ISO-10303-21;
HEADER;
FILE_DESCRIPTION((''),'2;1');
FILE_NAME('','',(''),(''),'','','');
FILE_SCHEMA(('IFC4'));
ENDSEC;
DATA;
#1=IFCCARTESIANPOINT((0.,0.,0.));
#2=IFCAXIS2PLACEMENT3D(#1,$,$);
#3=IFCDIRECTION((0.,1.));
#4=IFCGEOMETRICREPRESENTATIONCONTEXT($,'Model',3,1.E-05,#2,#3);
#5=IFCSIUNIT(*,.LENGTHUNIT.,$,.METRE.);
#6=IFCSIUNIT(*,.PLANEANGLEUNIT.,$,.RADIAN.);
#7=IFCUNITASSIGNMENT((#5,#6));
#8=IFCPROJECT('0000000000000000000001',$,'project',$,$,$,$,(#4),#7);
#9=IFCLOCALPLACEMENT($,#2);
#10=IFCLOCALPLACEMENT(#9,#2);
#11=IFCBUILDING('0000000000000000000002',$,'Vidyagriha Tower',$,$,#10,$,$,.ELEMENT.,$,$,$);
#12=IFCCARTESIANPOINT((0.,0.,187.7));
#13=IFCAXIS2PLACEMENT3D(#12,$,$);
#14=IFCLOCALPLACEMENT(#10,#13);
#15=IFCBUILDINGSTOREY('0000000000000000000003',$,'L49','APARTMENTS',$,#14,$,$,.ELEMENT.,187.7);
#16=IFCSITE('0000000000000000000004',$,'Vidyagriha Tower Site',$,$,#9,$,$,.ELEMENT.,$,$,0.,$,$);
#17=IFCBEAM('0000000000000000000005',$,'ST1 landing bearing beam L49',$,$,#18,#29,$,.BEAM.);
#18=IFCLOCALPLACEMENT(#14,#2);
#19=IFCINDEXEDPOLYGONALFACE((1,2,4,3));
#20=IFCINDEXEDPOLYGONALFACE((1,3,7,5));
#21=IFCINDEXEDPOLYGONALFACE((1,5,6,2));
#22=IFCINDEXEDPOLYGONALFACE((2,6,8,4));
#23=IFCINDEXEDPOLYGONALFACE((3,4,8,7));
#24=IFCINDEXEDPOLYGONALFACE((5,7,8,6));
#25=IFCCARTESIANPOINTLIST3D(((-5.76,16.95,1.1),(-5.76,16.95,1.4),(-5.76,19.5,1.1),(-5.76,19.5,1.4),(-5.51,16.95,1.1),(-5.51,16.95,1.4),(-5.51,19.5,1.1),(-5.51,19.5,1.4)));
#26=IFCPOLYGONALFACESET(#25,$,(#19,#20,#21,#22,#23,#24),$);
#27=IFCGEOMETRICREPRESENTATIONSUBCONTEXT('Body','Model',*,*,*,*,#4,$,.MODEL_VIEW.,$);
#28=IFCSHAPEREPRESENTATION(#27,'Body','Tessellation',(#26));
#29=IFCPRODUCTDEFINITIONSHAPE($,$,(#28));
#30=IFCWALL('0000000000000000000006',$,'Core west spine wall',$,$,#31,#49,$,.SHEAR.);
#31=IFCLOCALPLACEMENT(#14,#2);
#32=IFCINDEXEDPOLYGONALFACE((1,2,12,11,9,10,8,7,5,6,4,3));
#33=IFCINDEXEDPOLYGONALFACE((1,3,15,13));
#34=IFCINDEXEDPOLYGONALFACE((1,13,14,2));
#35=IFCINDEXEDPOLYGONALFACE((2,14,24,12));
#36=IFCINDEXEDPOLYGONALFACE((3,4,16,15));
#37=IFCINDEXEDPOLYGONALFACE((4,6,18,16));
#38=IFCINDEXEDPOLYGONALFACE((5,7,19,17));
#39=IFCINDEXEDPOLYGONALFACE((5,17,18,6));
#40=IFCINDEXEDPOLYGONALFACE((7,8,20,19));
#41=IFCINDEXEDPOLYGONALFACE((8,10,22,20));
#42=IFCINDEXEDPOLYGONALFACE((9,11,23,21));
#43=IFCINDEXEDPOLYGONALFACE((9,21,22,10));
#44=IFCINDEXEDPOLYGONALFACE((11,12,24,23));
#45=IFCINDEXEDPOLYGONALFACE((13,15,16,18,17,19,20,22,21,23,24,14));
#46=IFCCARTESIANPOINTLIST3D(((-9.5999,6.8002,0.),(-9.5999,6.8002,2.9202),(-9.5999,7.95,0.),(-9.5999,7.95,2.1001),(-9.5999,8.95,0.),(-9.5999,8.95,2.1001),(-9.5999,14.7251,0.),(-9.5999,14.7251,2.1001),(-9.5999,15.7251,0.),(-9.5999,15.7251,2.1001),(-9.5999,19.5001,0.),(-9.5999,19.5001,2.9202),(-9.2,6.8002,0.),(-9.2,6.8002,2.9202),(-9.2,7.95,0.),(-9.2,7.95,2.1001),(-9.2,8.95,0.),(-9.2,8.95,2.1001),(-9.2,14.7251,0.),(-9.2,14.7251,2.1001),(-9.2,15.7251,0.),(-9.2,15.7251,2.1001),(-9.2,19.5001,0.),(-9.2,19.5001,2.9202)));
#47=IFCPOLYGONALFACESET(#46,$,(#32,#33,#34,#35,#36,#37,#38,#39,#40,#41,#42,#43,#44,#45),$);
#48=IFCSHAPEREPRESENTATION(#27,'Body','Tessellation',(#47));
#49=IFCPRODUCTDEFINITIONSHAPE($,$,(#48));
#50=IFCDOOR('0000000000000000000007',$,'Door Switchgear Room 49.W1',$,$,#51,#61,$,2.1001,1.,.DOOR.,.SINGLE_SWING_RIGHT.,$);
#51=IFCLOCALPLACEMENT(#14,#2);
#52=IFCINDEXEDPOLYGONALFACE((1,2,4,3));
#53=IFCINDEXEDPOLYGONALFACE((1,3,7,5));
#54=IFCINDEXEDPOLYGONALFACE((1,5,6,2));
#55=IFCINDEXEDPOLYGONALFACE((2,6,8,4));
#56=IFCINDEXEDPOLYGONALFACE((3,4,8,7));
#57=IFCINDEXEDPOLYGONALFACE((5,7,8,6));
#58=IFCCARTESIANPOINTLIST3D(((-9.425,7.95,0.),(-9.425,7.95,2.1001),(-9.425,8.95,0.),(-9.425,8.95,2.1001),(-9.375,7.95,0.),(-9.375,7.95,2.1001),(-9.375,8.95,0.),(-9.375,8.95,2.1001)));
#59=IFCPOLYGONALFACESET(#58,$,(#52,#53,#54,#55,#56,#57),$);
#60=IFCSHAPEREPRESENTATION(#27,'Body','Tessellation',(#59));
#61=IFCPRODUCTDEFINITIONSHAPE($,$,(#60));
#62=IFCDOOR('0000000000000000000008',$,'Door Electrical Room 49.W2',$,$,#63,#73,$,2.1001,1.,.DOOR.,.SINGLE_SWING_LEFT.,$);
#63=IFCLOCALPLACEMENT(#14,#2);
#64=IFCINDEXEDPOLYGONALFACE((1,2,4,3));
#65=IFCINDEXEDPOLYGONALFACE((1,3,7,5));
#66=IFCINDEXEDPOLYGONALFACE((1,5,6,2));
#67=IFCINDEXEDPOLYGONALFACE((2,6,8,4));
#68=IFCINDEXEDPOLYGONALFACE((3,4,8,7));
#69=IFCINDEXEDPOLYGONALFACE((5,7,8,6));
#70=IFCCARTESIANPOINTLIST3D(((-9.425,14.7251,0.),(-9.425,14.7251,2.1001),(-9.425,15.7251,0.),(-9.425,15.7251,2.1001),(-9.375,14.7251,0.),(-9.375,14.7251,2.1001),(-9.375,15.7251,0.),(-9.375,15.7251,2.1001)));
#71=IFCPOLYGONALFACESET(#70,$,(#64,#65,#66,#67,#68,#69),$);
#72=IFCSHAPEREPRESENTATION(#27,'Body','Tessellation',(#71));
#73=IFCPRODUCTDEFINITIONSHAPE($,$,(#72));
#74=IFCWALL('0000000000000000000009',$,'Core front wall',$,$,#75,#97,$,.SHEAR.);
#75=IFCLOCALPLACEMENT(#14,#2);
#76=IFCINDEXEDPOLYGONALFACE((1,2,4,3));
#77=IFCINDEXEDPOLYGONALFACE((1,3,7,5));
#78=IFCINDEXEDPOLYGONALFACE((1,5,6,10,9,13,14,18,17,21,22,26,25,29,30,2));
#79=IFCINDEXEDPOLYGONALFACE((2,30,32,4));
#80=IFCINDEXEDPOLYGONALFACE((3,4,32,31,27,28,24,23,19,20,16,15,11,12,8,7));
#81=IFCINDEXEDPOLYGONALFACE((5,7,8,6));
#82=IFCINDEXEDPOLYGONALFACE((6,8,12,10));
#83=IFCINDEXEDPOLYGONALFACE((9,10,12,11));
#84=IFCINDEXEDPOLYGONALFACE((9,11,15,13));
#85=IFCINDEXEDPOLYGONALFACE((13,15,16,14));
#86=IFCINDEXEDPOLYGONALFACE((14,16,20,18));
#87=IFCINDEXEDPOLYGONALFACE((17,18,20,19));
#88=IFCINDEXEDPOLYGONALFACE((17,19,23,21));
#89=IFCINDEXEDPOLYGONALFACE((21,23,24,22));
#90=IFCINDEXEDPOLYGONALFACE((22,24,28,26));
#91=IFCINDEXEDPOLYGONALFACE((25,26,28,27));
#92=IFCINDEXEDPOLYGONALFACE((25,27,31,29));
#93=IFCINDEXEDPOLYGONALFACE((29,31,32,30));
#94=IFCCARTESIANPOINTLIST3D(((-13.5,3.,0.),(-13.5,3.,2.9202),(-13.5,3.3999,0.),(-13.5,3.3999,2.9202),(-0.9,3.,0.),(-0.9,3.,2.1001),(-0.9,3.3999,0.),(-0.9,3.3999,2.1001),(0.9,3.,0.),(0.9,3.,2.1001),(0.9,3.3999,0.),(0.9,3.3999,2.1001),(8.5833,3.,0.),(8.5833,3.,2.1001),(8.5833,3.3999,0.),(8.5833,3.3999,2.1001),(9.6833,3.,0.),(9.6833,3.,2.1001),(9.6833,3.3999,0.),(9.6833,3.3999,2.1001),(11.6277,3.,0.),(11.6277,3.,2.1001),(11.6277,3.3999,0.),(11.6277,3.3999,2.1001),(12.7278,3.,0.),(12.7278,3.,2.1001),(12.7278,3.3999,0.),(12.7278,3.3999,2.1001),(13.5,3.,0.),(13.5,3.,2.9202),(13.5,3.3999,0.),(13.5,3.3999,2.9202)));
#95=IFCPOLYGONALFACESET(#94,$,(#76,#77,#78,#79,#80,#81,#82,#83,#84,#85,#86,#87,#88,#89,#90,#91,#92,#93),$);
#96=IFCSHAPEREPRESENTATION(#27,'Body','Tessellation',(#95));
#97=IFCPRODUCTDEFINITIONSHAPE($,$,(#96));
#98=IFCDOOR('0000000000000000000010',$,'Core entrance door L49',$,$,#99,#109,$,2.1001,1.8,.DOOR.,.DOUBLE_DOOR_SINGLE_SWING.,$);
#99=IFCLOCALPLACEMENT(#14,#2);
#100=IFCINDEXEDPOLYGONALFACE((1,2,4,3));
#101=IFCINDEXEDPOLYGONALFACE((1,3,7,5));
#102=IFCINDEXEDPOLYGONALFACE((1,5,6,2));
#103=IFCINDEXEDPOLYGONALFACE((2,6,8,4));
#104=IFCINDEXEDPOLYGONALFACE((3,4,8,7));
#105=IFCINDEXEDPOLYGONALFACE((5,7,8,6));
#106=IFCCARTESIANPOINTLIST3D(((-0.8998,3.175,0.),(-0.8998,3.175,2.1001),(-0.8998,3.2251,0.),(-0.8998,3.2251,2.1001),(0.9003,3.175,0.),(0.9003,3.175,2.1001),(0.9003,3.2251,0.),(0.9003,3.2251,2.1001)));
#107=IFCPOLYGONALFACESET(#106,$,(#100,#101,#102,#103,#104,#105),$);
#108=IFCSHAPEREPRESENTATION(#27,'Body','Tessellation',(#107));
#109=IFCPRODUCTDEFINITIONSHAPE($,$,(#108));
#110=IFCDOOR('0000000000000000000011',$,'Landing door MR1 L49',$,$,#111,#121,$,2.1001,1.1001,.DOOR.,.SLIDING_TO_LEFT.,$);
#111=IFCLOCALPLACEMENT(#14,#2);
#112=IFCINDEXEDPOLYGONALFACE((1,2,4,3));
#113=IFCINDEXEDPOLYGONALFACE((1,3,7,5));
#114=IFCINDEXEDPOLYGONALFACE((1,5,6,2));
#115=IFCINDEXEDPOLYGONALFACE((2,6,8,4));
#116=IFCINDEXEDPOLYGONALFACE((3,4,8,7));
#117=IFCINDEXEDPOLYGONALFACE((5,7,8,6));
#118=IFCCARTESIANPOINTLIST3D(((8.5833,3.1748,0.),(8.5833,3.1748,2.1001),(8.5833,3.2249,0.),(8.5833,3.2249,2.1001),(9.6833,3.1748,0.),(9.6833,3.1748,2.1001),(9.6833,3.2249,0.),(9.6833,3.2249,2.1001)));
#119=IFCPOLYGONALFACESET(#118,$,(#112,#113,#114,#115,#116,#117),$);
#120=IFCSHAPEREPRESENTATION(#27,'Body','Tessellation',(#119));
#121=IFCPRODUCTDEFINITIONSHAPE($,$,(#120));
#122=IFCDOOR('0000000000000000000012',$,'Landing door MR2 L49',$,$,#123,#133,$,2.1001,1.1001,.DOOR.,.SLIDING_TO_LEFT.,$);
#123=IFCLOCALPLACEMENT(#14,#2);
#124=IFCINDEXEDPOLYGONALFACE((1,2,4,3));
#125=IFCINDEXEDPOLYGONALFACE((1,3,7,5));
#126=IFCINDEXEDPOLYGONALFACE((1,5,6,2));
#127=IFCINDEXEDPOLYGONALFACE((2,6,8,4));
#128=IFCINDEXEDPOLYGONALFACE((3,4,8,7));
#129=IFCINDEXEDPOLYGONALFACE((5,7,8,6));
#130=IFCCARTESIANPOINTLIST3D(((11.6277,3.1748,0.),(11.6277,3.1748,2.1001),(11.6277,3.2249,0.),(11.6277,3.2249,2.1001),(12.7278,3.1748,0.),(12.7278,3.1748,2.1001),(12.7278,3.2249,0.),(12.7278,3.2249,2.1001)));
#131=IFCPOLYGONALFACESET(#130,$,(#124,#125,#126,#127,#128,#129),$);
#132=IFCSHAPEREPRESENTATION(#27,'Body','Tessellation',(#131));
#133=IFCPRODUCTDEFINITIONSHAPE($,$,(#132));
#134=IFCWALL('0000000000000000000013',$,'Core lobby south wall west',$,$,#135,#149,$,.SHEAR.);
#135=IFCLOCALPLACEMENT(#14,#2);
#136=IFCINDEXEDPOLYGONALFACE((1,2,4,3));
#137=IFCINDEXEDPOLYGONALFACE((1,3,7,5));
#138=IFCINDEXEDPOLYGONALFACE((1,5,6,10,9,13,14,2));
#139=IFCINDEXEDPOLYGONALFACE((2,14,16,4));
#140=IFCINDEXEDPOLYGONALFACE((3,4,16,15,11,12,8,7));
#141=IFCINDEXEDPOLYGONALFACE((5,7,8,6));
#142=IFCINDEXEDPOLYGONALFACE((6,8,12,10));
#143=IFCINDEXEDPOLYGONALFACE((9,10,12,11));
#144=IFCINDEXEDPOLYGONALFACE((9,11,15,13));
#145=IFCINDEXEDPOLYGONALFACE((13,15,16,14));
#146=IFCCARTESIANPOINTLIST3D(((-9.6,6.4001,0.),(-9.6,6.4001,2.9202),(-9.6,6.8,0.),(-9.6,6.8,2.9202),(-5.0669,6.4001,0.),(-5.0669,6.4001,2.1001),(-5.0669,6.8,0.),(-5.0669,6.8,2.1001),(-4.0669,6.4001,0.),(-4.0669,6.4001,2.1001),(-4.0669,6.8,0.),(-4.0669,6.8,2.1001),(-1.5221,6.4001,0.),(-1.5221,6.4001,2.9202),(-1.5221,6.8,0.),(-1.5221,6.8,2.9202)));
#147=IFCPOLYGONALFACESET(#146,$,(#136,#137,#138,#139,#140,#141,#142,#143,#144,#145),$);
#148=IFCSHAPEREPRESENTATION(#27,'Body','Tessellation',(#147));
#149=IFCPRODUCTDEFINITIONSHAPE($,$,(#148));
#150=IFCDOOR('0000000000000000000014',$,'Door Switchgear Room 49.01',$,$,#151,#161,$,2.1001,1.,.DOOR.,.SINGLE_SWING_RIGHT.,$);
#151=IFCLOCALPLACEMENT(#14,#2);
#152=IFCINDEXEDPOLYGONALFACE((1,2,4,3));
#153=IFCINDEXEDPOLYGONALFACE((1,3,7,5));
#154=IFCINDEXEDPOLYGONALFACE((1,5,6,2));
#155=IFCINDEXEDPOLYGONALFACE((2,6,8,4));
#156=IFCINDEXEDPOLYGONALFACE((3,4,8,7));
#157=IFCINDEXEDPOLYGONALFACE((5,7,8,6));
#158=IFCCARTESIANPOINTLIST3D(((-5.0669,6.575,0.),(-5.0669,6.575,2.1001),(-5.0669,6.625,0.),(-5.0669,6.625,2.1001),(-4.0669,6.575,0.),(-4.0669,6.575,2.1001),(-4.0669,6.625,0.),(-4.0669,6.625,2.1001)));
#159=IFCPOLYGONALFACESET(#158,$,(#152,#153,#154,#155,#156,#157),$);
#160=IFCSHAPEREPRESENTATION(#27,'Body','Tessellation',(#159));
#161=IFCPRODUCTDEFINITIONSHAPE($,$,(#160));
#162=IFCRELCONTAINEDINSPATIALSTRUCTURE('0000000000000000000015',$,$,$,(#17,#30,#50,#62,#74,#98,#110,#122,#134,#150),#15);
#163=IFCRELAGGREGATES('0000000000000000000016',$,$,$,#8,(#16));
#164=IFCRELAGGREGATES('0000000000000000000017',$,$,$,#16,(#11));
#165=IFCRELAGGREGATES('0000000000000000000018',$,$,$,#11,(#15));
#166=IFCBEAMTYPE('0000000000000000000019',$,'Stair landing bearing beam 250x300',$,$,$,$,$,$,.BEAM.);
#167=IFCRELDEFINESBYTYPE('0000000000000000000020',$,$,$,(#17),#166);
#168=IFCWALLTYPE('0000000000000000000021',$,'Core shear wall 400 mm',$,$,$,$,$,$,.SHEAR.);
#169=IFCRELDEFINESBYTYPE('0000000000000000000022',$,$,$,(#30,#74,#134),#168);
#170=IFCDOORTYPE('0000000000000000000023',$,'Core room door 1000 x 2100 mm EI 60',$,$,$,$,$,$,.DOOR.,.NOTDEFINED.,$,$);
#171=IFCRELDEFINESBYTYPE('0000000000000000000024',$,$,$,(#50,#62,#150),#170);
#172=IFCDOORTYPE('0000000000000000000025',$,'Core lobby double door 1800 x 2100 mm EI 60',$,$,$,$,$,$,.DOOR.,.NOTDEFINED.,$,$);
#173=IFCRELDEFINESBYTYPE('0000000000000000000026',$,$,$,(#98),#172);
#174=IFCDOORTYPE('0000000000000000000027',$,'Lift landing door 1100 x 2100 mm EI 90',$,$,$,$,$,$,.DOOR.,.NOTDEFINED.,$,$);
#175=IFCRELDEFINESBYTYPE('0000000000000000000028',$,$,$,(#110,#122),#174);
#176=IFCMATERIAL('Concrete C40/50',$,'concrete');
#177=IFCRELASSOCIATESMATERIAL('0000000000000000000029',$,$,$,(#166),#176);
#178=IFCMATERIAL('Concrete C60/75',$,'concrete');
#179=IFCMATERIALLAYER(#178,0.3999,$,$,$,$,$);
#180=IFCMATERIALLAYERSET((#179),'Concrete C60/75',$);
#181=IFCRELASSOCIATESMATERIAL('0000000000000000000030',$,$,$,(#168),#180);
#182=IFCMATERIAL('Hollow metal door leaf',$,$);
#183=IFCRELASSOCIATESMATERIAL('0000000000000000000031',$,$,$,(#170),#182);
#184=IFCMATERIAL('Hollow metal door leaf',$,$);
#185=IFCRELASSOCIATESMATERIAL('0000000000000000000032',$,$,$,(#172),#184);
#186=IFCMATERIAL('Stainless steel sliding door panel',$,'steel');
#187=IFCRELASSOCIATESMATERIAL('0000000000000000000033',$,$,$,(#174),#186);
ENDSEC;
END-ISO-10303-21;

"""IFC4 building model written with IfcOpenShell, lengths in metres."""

from ifc_helpers import new_model, si_unit, direction, frame, frame_2d, origin, origin_2d, place, context, subcontext, project, spatial, rectangle, extrude, material, layer, layer_set, material_profile, profile_set, type_object, element, fill, save


model = new_model("IFC4")

# Units and contexts
model_context = context("Model", 3, precision=1e-05, world=origin(), true_north=direction((0.0, 1.0)))
body_context = subcontext(model_context, "Body", "Model", "MODEL_VIEW")
ifc_project = project(units=[si_unit("LENGTHUNIT", "METRE"), si_unit("PLANEANGLEUNIT", "RADIAN")], contexts=[model_context])

# Site, building, storey
site_placement = place(None, origin())
site = spatial("IfcSite", under=ifc_project, at=site_placement, Name="Vidyagriha Tower Site", CompositionType="ELEMENT", RefElevation=0.0)
building_placement = place(site_placement, origin())
building = spatial("IfcBuilding", under=site, at=building_placement, Name="Vidyagriha Tower", CompositionType="ELEMENT")
storey_placement = place(building_placement, frame((0.0, 0.0, 187.7)))
storey = spatial("IfcBuildingStorey", under=building, at=storey_placement, Name="L49", Description="APARTMENTS", CompositionType="ELEMENT", Elevation=187.7)

# Beam
ifc_material_1 = material(Name="Concrete C40/50", Category="concrete")
ifc_material_profile = material_profile(ifc_material_1, rectangle(XDim=0.25, YDim=0.3, at=origin_2d()), Name="Stair landing bearing beam 250x300")
ifc_profile_set = profile_set([ifc_material_profile], Name="Concrete C40/50")
beam_type = type_object("IfcBeamType", Name="Stair landing bearing beam 250x300", PredefinedType="BEAM", material=ifc_profile_set)
beam_placement = place(storey_placement, frame((-5.635, 16.95, 1.25), z_axis=(0.0, 1.0, 0.0), x_axis=(-1.0, 0.0, 0.0)))
element("IfcBeam", 1, at=beam_placement, inside=storey, type_object=beam_type, Name="ST1 landing bearing beam L49", PredefinedType="BEAM", context=body_context, shape_type="SweptSolid", body=[
    extrude(rectangle(XDim=0.25, YDim=0.3, at=origin_2d()), origin(), (0.0, 0.0, 1.0), 2.55),
])

# Walls, openings, doors
ifc_material_2 = material(Name="Concrete C60/75", Category="concrete")
ifc_layer_1 = layer(ifc_material_2, 0.3999)
ifc_layer_set_1 = layer_set([ifc_layer_1], Name="Concrete C60/75")
wall_type_1 = type_object("IfcWallType", Name="Core shear wall 400 mm", PredefinedType="SHEAR", material=ifc_layer_set_1)
wall_1_placement = place(storey_placement, frame((-9.3999, 6.8, 0.0), z_axis=(0.0, 0.0, 1.0), x_axis=(0.0, 1.0, 0.0)))
wall_1 = element("IfcWall", 2, at=wall_1_placement, inside=storey, type_object=wall_type_1, Name="Core west spine wall", PredefinedType="SHEAR", context=body_context, shape_type="SweptSolid", body=[
    extrude(rectangle(XDim=12.7, YDim=0.3999, at=frame_2d((6.3501, 0.0))), origin(), (0.0, 0.0, 1.0), 2.9202),
])
opening_1_placement = place(wall_1_placement, frame((1.1499, 0.0, 0.0)))
opening_1 = element("IfcOpeningElement", 3, at=opening_1_placement, cuts=wall_1, PredefinedType="OPENING", context=body_context, shape_type="SweptSolid", body=[
    extrude(rectangle(XDim=1.0, YDim=2.1001, at=frame_2d((0.5, 1.05))), frame((0.0, 0.21, 0.0), z_axis=(0.0, -1.0, 0.0), x_axis=(1.0, 0.0, 0.0)), (0.0, 0.0, 1.0), 0.4199),
])
opening_2_placement = place(wall_1_placement, frame((7.925, 0.0, 0.0)))
opening_2 = element("IfcOpeningElement", 4, at=opening_2_placement, cuts=wall_1, PredefinedType="OPENING", context=body_context, shape_type="SweptSolid", body=[
    extrude(rectangle(XDim=1.0, YDim=2.1001, at=frame_2d((0.5, 1.05))), frame((0.0, 0.21, 0.0), z_axis=(0.0, -1.0, 0.0), x_axis=(1.0, 0.0, 0.0)), (0.0, 0.0, 1.0), 0.4199),
])
ifc_material_3 = material(Name="Hollow metal door leaf")
door_type_1 = type_object("IfcDoorType", Name="Core room door 1000 x 2100 mm EI 60", OperationType="NOTDEFINED", PredefinedType="DOOR", material=ifc_material_3)
door_1_placement = place(opening_1_placement, frame((1.0, 0.0, 0.0), z_axis=(0.0, 0.0, 1.0), x_axis=(-1.0, 0.0, 0.0)))
door_1 = element("IfcDoor", 5, at=door_1_placement, inside=storey, type_object=door_type_1, Name="Door Switchgear Room 49.W1", OperationType="SINGLE_SWING_RIGHT", OverallHeight=2.1001, OverallWidth=1.0, PredefinedType="DOOR", context=body_context, shape_type="SweptSolid", body=[
    extrude(rectangle(XDim=1.0, YDim=2.1001, at=frame_2d((0.5, 1.05))), frame((0.0, 0.0249, 0.0), z_axis=(0.0, -1.0, 0.0), x_axis=(1.0, 0.0, 0.0)), (0.0, 0.0, 1.0), 0.05),
])
fill(opening_1, door_1)
door_2_placement = place(opening_2_placement, frame((1.0, 0.0, 0.0), z_axis=(0.0, 0.0, 1.0), x_axis=(-1.0, 0.0, 0.0)))
door_2 = element("IfcDoor", 6, at=door_2_placement, inside=storey, type_object=door_type_1, Name="Door Electrical Room 49.W2", OperationType="SINGLE_SWING_LEFT", OverallHeight=2.1001, OverallWidth=1.0, PredefinedType="DOOR", context=body_context, shape_type="SweptSolid", body=[
    extrude(rectangle(XDim=1.0, YDim=2.1001, at=frame_2d((0.5, 1.05))), frame((0.0, 0.0249, 0.0), z_axis=(0.0, -1.0, 0.0), x_axis=(1.0, 0.0, 0.0)), (0.0, 0.0, 1.0), 0.05),
])
fill(opening_2, door_2)
wall_2_placement = place(storey_placement, frame((-13.5, 3.2, 0.0)))
wall_2 = element("IfcWall", 7, at=wall_2_placement, inside=storey, type_object=wall_type_1, Name="Core front wall", PredefinedType="SHEAR", context=body_context, shape_type="SweptSolid", body=[
    extrude(rectangle(XDim=27.0, YDim=0.3999, at=frame_2d((13.5, 0.0))), origin(), (0.0, 0.0, 1.0), 2.9202),
])
opening_3_placement = place(wall_2_placement, frame((22.0833, 0.0, 0.0)))
opening_3 = element("IfcOpeningElement", 8, at=opening_3_placement, cuts=wall_2, PredefinedType="OPENING", context=body_context, shape_type="SweptSolid", body=[
    extrude(rectangle(XDim=1.1001, YDim=2.1001, at=frame_2d((0.55, 1.05))), frame((0.0, 0.21, 0.0), z_axis=(0.0, -1.0, 0.0), x_axis=(1.0, 0.0, 0.0)), (0.0, 0.0, 1.0), 0.4199),
])
opening_4_placement = place(wall_2_placement, frame((25.1277, 0.0, 0.0)))
opening_4 = element("IfcOpeningElement", 9, at=opening_4_placement, cuts=wall_2, PredefinedType="OPENING", context=body_context, shape_type="SweptSolid", body=[
    extrude(rectangle(XDim=1.1001, YDim=2.1001, at=frame_2d((0.55, 1.05))), frame((0.0, 0.21, 0.0), z_axis=(0.0, -1.0, 0.0), x_axis=(1.0, 0.0, 0.0)), (0.0, 0.0, 1.0), 0.4199),
])
opening_5_placement = place(wall_2_placement, frame((12.6001, 0.0, 0.0)))
opening_5 = element("IfcOpeningElement", 10, at=opening_5_placement, cuts=wall_2, PredefinedType="OPENING", context=body_context, shape_type="SweptSolid", body=[
    extrude(rectangle(XDim=1.8, YDim=2.1001, at=frame_2d((0.8999, 1.05))), frame((0.0, 0.21, 0.0), z_axis=(0.0, -1.0, 0.0), x_axis=(1.0, 0.0, 0.0)), (0.0, 0.0, 1.0), 0.4199),
])
ifc_material_4 = material(Name="Hollow metal door leaf")
door_type_2 = type_object("IfcDoorType", Name="Core lobby double door 1800 x 2100 mm EI 60", OperationType="NOTDEFINED", PredefinedType="DOOR", material=ifc_material_4)
door_3_placement = place(opening_5_placement, frame((1.8, 0.0, 0.0), z_axis=(0.0, 0.0, 1.0), x_axis=(-1.0, 0.0, 0.0)))
door_3 = element("IfcDoor", 11, at=door_3_placement, inside=storey, type_object=door_type_2, Name="Core entrance door L49", OperationType="DOUBLE_DOOR_SINGLE_SWING", OverallHeight=2.1001, OverallWidth=1.8, PredefinedType="DOOR", context=body_context, shape_type="SweptSolid", body=[
    extrude(rectangle(XDim=1.8, YDim=2.1001, at=frame_2d((0.8999, 1.05))), frame((0.0, 0.0249, 0.0), z_axis=(0.0, -1.0, 0.0), x_axis=(1.0, 0.0, 0.0)), (0.0, 0.0, 1.0), 0.05),
])
fill(opening_5, door_3)
ifc_material_5 = material(Name="Stainless steel sliding door panel", Category="steel")
door_type_3 = type_object("IfcDoorType", Name="Lift landing door 1100 x 2100 mm EI 90", OperationType="NOTDEFINED", PredefinedType="DOOR", material=ifc_material_5)
door_4_placement = place(opening_3_placement, origin())
door_4 = element("IfcDoor", 12, at=door_4_placement, inside=storey, type_object=door_type_3, Name="Landing door MR1 L49", OperationType="SLIDING_TO_LEFT", OverallHeight=2.1001, OverallWidth=1.1001, PredefinedType="DOOR", context=body_context, shape_type="SweptSolid", body=[
    extrude(rectangle(XDim=1.1001, YDim=2.1001, at=frame_2d((0.55, 1.05))), frame((0.0, 0.0249, 0.0), z_axis=(0.0, -1.0, 0.0), x_axis=(1.0, 0.0, 0.0)), (0.0, 0.0, 1.0), 0.05),
])
fill(opening_3, door_4)
door_5_placement = place(opening_4_placement, origin())
door_5 = element("IfcDoor", 13, at=door_5_placement, inside=storey, type_object=door_type_3, Name="Landing door MR2 L49", OperationType="SLIDING_TO_LEFT", OverallHeight=2.1001, OverallWidth=1.1001, PredefinedType="DOOR", context=body_context, shape_type="SweptSolid", body=[
    extrude(rectangle(XDim=1.1001, YDim=2.1001, at=frame_2d((0.55, 1.05))), frame((0.0, 0.0249, 0.0), z_axis=(0.0, -1.0, 0.0), x_axis=(1.0, 0.0, 0.0)), (0.0, 0.0, 1.0), 0.05),
])
fill(opening_4, door_5)

# Wall, opening, door
wall_3_placement = place(storey_placement, frame((-9.6001, 6.6001, 0.0)))
wall_3 = element("IfcWall", 14, at=wall_3_placement, inside=storey, type_object=wall_type_1, Name="Core lobby south wall west", PredefinedType="SHEAR", context=body_context, shape_type="SweptSolid", body=[
    extrude(rectangle(XDim=8.0779, YDim=0.3999, at=frame_2d((4.0391, 0.0))), origin(), (0.0, 0.0, 1.0), 2.9202),
])
opening_6_placement = place(wall_3_placement, frame((4.5332, 0.0, 0.0)))
opening_6 = element("IfcOpeningElement", 15, at=opening_6_placement, cuts=wall_3, PredefinedType="OPENING", context=body_context, shape_type="SweptSolid", body=[
    extrude(rectangle(XDim=1.0, YDim=2.1001, at=frame_2d((0.5, 1.05))), frame((0.0, 0.21, 0.0), z_axis=(0.0, -1.0, 0.0), x_axis=(1.0, 0.0, 0.0)), (0.0, 0.0, 1.0), 0.4199),
])
door_6_placement = place(opening_6_placement, origin())
door_6 = element("IfcDoor", 16, at=door_6_placement, inside=storey, type_object=door_type_1, Name="Door Switchgear Room 49.01", OperationType="SINGLE_SWING_RIGHT", OverallHeight=2.1001, OverallWidth=1.0, PredefinedType="DOOR", context=body_context, shape_type="SweptSolid", body=[
    extrude(rectangle(XDim=1.0, YDim=2.1001, at=frame_2d((0.5, 1.05))), frame((0.0, 0.0249, 0.0), z_axis=(0.0, -1.0, 0.0), x_axis=(1.0, 0.0, 0.0)), (0.0, 0.0, 1.0), 0.05),
])
fill(opening_6, door_6)

save(model, "model.ifc")
